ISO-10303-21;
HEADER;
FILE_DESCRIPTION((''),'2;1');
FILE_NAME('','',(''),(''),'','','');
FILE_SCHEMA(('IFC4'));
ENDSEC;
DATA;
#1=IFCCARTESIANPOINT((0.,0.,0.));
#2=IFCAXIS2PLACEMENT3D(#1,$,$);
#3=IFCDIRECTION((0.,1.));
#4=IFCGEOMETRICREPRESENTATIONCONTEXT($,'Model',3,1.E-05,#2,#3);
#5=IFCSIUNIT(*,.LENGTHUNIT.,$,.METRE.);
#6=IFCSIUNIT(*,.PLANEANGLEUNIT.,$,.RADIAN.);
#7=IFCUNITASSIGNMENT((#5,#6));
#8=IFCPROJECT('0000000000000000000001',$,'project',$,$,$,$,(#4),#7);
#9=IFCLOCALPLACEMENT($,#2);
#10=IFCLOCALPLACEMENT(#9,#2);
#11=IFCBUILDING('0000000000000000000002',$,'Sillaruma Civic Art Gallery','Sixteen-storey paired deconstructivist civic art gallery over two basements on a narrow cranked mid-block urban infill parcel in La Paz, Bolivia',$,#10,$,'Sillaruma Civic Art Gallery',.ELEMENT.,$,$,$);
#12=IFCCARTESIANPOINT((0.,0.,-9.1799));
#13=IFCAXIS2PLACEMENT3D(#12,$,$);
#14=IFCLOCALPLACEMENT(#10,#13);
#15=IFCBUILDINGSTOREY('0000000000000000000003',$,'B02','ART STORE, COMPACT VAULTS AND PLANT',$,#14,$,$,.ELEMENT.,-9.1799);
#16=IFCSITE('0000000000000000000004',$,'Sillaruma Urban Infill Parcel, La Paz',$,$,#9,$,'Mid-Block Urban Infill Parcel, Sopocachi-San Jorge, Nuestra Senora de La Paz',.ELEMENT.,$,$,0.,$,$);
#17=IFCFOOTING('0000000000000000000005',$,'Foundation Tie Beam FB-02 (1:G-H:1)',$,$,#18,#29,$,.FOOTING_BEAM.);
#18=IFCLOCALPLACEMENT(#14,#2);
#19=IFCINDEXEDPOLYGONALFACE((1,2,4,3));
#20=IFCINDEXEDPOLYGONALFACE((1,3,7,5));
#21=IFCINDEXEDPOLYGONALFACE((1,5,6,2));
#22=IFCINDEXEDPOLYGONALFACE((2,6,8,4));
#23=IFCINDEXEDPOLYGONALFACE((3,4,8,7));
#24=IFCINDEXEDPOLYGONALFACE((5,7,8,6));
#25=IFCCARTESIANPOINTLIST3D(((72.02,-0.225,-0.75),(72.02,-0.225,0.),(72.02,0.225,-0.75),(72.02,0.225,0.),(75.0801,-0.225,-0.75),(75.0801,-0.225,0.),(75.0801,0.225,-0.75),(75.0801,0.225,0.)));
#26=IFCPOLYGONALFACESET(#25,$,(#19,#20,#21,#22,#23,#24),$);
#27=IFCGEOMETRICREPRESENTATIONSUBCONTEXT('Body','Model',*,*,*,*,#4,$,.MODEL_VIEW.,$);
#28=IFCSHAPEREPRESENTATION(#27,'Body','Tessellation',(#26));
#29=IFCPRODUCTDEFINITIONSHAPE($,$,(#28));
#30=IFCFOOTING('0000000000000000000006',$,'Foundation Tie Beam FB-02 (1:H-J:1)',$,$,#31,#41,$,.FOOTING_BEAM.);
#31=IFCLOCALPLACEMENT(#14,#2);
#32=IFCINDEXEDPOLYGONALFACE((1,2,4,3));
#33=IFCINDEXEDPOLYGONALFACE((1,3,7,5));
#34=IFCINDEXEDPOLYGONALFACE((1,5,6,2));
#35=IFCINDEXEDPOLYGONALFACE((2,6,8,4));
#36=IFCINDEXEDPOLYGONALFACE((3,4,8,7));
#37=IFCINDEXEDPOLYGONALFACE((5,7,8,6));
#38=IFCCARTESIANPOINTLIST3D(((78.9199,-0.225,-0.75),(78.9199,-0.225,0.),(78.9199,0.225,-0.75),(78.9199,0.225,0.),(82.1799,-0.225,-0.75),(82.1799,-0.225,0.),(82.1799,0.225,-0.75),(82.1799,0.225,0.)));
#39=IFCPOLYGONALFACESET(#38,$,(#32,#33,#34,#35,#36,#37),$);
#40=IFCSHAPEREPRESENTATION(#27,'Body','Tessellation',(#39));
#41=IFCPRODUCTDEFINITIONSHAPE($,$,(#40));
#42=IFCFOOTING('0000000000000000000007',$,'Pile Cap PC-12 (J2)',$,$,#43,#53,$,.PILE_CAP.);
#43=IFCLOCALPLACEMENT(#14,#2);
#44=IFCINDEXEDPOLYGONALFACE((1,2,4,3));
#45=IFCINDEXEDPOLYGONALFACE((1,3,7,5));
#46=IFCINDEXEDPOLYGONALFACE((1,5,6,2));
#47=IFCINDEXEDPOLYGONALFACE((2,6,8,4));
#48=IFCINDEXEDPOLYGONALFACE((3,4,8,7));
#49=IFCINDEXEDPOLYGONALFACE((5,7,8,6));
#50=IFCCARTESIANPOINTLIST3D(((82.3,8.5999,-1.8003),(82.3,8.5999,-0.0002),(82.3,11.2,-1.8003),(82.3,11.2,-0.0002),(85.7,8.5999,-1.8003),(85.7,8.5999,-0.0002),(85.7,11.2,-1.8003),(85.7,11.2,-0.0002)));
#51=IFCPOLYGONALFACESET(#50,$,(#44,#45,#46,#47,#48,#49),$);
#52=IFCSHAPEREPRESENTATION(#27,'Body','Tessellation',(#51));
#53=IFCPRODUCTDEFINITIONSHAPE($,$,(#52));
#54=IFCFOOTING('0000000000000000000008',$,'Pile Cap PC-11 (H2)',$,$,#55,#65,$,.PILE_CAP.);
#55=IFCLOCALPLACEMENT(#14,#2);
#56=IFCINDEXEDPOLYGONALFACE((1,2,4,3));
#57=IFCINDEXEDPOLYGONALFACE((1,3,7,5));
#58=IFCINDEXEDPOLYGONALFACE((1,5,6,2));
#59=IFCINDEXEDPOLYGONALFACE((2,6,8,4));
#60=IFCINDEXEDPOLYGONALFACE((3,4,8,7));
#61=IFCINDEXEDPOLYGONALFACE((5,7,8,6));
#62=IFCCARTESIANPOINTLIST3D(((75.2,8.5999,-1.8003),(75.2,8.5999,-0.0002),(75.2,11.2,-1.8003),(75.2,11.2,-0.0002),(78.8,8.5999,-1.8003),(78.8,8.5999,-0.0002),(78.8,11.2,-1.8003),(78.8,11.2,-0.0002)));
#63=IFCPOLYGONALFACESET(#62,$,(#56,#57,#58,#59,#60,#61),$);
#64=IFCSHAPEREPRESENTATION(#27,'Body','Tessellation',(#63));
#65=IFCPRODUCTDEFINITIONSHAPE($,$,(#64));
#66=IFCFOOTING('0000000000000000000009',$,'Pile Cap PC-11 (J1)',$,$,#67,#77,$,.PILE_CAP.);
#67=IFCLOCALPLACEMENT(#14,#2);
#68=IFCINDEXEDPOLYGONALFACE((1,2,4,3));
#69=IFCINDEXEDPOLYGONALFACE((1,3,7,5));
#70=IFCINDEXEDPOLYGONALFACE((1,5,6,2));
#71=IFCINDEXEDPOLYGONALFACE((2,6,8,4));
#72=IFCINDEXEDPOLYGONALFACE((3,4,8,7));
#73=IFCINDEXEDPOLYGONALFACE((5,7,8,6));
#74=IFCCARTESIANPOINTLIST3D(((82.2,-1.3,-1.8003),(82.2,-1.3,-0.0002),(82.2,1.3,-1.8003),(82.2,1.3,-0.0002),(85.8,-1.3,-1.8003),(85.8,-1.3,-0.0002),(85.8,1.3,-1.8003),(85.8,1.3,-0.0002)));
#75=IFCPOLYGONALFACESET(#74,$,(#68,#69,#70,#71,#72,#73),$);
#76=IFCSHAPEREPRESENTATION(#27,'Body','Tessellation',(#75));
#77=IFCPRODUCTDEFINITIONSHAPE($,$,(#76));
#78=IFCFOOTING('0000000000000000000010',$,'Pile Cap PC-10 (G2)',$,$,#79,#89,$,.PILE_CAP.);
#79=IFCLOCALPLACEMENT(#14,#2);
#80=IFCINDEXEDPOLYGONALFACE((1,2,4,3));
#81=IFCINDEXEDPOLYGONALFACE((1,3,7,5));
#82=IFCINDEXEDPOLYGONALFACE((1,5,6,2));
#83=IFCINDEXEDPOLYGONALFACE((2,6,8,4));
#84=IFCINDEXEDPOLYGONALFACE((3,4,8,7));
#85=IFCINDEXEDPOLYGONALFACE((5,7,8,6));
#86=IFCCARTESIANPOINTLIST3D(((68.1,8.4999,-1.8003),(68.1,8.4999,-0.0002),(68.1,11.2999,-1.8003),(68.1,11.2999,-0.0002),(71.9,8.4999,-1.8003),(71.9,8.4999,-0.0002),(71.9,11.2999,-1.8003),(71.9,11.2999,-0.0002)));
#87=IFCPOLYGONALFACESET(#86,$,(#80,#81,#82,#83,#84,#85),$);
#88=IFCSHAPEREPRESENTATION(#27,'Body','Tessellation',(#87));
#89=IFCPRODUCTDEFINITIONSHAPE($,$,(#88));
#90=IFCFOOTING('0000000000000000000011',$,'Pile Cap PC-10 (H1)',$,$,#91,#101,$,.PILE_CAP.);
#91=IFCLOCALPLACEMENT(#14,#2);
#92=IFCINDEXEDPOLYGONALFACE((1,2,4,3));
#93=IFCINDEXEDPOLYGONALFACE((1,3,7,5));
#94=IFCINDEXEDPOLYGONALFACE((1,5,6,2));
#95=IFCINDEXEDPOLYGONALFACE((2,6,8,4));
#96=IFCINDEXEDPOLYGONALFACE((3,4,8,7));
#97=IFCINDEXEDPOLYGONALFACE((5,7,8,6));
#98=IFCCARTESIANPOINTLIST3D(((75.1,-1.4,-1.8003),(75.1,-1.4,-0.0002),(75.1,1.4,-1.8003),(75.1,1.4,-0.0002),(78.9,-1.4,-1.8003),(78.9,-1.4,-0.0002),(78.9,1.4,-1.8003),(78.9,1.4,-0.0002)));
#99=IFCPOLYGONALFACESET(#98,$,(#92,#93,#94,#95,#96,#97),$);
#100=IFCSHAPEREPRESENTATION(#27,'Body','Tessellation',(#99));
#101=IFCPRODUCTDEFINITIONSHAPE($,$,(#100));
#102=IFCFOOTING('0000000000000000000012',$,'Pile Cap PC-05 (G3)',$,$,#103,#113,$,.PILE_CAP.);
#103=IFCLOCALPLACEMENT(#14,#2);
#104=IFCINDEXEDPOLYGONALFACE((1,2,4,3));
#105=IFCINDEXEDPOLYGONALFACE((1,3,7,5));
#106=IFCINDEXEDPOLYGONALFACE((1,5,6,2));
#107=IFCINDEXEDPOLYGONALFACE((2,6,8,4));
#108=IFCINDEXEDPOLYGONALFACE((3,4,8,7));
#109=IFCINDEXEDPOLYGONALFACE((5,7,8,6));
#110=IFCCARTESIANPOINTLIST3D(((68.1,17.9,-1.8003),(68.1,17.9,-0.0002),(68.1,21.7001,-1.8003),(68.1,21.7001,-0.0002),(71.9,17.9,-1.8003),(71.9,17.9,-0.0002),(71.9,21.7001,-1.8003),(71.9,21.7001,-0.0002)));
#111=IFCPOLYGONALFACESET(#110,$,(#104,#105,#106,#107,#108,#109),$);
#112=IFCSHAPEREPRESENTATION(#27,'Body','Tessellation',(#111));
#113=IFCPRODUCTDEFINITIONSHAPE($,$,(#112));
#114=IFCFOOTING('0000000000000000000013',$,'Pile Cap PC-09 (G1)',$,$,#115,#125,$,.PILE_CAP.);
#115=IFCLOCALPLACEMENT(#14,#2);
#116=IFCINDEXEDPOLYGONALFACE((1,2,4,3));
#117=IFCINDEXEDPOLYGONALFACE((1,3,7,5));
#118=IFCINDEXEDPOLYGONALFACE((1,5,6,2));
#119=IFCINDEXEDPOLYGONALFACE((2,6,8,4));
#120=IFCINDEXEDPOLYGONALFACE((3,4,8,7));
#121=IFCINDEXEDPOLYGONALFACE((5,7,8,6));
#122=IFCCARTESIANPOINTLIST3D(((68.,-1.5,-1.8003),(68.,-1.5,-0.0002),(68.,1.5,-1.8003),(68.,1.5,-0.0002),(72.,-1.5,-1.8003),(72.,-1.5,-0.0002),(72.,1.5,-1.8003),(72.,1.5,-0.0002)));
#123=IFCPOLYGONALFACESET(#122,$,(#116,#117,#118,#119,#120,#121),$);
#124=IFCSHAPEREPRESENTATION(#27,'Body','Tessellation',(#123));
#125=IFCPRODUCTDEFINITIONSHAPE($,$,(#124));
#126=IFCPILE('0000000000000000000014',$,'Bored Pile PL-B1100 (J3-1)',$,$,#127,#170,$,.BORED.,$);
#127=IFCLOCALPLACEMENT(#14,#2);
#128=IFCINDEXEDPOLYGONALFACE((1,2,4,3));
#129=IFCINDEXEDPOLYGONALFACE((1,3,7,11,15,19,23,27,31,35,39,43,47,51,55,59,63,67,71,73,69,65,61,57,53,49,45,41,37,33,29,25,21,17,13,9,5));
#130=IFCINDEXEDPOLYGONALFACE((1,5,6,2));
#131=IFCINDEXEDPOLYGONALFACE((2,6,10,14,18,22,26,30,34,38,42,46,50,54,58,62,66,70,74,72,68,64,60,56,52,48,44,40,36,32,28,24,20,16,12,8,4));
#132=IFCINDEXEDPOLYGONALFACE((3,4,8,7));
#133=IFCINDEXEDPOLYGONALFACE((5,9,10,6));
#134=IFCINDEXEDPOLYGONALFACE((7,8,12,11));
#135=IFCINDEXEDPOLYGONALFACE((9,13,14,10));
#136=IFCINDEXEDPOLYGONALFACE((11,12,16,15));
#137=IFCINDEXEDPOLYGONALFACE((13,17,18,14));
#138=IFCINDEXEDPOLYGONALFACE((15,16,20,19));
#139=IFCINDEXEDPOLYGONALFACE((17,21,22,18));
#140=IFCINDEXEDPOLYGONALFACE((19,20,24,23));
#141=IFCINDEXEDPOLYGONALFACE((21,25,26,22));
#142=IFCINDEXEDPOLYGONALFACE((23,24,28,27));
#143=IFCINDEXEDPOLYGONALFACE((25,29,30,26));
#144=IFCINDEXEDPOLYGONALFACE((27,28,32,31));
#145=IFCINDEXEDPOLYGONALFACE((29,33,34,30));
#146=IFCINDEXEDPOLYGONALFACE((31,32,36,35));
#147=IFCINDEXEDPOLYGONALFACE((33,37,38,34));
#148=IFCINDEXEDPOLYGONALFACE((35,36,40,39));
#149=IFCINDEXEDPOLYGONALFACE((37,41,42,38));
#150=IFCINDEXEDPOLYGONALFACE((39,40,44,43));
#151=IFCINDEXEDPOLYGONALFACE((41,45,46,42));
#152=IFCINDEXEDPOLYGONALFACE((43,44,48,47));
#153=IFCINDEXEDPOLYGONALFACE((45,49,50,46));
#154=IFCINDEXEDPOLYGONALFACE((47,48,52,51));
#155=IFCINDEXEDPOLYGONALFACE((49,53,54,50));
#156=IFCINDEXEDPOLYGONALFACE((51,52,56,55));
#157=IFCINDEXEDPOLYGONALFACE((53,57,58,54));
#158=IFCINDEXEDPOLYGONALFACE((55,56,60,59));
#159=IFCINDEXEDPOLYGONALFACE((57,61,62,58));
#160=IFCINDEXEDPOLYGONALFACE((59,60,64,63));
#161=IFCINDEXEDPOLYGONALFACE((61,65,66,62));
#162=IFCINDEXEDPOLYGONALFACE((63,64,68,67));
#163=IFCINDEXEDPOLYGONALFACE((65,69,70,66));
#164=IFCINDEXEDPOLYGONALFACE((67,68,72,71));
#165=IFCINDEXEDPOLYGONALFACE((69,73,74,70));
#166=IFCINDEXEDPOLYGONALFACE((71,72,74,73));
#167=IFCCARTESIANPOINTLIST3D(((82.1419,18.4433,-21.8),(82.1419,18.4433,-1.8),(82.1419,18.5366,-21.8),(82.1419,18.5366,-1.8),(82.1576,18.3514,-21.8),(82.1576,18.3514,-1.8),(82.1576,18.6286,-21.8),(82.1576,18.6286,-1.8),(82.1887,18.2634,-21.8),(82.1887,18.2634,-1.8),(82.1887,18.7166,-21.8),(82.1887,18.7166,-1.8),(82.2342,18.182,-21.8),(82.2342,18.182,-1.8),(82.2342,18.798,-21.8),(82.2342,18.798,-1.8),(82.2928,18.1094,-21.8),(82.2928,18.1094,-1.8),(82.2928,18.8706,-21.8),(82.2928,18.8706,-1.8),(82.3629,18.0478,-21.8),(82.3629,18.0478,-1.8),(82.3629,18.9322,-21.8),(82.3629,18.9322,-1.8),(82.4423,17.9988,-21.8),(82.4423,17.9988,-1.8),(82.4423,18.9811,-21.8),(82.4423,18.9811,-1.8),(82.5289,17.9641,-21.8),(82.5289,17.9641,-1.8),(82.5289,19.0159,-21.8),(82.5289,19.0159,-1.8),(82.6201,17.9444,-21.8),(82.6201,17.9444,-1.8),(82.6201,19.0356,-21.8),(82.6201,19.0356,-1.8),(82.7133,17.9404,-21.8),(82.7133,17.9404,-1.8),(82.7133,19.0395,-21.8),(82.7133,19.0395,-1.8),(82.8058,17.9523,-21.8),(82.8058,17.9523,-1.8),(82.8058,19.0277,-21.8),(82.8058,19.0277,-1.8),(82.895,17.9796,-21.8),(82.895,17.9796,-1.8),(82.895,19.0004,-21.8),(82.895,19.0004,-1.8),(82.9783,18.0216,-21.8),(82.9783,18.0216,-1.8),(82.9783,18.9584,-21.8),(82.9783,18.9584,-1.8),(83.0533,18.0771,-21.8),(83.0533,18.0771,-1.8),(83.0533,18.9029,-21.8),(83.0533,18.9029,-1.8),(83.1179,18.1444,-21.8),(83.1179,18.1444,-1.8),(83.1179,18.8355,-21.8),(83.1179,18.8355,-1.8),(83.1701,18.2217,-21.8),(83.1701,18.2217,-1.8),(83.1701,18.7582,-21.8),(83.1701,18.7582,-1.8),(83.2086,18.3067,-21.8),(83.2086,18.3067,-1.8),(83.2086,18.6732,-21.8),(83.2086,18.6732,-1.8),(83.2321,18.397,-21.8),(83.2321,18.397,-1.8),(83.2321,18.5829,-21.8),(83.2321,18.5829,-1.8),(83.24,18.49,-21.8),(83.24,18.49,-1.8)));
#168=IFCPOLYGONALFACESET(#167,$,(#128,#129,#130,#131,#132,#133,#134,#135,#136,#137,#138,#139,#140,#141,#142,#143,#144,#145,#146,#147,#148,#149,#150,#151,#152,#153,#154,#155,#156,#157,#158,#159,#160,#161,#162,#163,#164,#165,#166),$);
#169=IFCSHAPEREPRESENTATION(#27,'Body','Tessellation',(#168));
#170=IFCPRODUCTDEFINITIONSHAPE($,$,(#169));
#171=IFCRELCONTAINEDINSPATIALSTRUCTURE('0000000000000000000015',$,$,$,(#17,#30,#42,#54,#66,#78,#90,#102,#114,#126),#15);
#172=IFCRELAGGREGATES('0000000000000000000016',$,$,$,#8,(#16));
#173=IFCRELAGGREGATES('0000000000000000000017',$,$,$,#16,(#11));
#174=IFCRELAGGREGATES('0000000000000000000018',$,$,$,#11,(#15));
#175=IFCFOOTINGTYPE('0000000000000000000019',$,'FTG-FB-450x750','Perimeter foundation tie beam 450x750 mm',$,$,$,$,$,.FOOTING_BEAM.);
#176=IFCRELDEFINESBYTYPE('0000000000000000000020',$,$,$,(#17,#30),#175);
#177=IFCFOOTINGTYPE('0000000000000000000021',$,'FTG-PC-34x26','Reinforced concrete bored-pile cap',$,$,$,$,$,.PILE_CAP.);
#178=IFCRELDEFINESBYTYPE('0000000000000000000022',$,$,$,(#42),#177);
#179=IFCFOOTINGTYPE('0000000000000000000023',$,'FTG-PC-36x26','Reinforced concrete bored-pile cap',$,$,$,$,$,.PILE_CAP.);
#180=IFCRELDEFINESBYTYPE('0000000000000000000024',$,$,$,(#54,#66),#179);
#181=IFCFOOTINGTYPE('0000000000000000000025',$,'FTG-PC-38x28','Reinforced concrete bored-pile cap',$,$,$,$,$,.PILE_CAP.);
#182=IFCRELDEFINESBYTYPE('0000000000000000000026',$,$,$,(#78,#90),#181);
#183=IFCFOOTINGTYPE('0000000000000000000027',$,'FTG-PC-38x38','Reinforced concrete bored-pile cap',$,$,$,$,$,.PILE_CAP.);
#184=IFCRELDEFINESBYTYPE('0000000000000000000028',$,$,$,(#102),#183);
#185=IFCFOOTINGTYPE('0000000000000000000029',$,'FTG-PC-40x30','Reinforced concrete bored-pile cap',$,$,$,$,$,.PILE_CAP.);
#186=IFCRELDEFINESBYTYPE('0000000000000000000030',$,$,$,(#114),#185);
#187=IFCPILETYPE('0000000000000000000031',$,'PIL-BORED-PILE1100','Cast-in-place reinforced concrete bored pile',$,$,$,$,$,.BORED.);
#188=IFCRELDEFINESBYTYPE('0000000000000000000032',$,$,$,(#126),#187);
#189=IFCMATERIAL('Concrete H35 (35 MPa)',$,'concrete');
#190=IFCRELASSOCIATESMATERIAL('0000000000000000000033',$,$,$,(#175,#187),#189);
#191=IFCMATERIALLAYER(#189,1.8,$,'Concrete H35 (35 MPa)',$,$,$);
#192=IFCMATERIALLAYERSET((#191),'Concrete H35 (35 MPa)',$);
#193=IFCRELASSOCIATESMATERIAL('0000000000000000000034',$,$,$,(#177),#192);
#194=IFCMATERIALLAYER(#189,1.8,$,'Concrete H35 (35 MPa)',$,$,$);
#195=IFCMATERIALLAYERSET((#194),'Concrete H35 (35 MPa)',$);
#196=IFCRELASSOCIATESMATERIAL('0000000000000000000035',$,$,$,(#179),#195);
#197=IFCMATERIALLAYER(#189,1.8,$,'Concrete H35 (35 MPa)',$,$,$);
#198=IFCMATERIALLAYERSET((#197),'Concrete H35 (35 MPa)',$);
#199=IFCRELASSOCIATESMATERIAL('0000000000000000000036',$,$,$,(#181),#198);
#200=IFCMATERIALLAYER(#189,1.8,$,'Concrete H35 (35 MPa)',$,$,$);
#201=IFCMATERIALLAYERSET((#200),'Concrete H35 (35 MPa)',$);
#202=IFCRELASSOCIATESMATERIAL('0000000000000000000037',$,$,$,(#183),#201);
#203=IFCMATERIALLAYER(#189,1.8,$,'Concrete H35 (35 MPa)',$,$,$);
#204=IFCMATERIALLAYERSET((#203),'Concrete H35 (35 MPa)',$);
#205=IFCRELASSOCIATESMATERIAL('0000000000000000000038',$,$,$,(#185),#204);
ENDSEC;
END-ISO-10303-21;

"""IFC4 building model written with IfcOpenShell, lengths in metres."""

from ifc_helpers import new_model, si_unit, direction, frame, origin, origin_2d, place, context, subcontext, project, spatial, rectangle, circle, extrude, material, layer, layer_set, material_profile, profile_set, type_object, element, save


model = new_model("IFC4")

# Units and contexts
model_context = context("Model", 3, precision=1e-05, world=origin(), true_north=direction((0.0, 1.0)))
body_context = subcontext(model_context, "Body", "Model", "MODEL_VIEW")
ifc_project = project(units=[si_unit("LENGTHUNIT", "METRE"), si_unit("PLANEANGLEUNIT", "RADIAN")], contexts=[model_context])

# Site, building, storey
site_placement = place(None, origin())
site = spatial("IfcSite", under=ifc_project, at=site_placement, Name="Sillaruma Urban Infill Parcel, La Paz", LongName="Mid-Block Urban Infill Parcel, Sopocachi-San Jorge, Nuestra Senora de La Paz", CompositionType="ELEMENT", RefElevation=0.0)
building_placement = place(site_placement, origin())
building = spatial("IfcBuilding", under=site, at=building_placement, Name="Sillaruma Civic Art Gallery", Description="Sixteen-storey paired deconstructivist civic art gallery over two basements on a narrow cranked mid-block urban infill parcel in La Paz, Bolivia", LongName="Sillaruma Civic Art Gallery", CompositionType="ELEMENT")
storey_placement = place(building_placement, frame((0.0, 0.0, -9.1799)))
storey = spatial("IfcBuildingStorey", under=building, at=storey_placement, Name="B02", Description="ART STORE, COMPACT VAULTS AND PLANT", CompositionType="ELEMENT", Elevation=-9.1799)

# Footings
ifc_material_1 = material(Name="Concrete H35 (35 MPa)", Category="concrete")
ifc_material_profile_1 = material_profile(ifc_material_1, rectangle(XDim=0.45, YDim=0.75, at=origin_2d()), Name="RCB450x750")
ifc_profile_set_1 = profile_set([ifc_material_profile_1], Name="Concrete H35 (35 MPa)")
footing_type_1 = type_object("IfcFootingType", Name="FTG-FB-450x750", Description="Perimeter foundation tie beam 450x750 mm", PredefinedType="FOOTING_BEAM", material=ifc_profile_set_1)
footing_1_placement = place(storey_placement, frame((72.02, 0.0, -0.375), z_axis=(1.0, 0.0, 0.0), x_axis=(0.0, 1.0, 0.0)))
element("IfcFooting", 1, at=footing_1_placement, inside=storey, type_object=footing_type_1, Name="Foundation Tie Beam FB-02 (1:G-H:1)", PredefinedType="FOOTING_BEAM", context=body_context, shape_type="SweptSolid", body=[
    extrude(rectangle(XDim=0.45, YDim=0.75, at=origin_2d()), origin(), (0.0, 0.0, 1.0), 3.0601),
])
footing_2_placement = place(storey_placement, frame((78.9199, 0.0, -0.375), z_axis=(1.0, 0.0, 0.0), x_axis=(0.0, 1.0, 0.0)))
element("IfcFooting", 2, at=footing_2_placement, inside=storey, type_object=footing_type_1, Name="Foundation Tie Beam FB-02 (1:H-J:1)", PredefinedType="FOOTING_BEAM", context=body_context, shape_type="SweptSolid", body=[
    extrude(rectangle(XDim=0.45, YDim=0.75, at=origin_2d()), origin(), (0.0, 0.0, 1.0), 3.26),
])
ifc_layer_1 = layer(ifc_material_1, 1.8, Name="Concrete H35 (35 MPa)")
ifc_layer_set_1 = layer_set([ifc_layer_1], Name="Concrete H35 (35 MPa)")
footing_type_2 = type_object("IfcFootingType", Name="FTG-PC-34x26", Description="Reinforced concrete bored-pile cap", PredefinedType="PILE_CAP", material=ifc_layer_set_1)
footing_3_placement = place(storey_placement, frame((84.0, 9.8999, -1.8003), z_axis=(0.0, 0.0, 1.0), x_axis=(1.0, 0.0, 0.0)))
element("IfcFooting", 3, at=footing_3_placement, inside=storey, type_object=footing_type_2, Name="Pile Cap PC-12 (J2)", PredefinedType="PILE_CAP", context=body_context, shape_type="SweptSolid", body=[
    extrude(rectangle(XDim=3.3999, YDim=2.6001, at=origin_2d()), origin(), (0.0, 0.0, 1.0), 1.8),
])
ifc_layer_2 = layer(ifc_material_1, 1.8, Name="Concrete H35 (35 MPa)")
ifc_layer_set_2 = layer_set([ifc_layer_2], Name="Concrete H35 (35 MPa)")
footing_type_3 = type_object("IfcFootingType", Name="FTG-PC-36x26", Description="Reinforced concrete bored-pile cap", PredefinedType="PILE_CAP", material=ifc_layer_set_2)
for number, where, z_axis, x_axis, name in (
    (4, (77.0, 9.8999, -1.8003), (0.0, 0.0, 1.0), (1.0, 0.0, 0.0), "Pile Cap PC-11 (H2)"),
    (5, (84.0, 0.0, -1.8003), (0.0, 0.0, 1.0), (1.0, 0.0, 0.0), "Pile Cap PC-11 (J1)"),
):
    element("IfcFooting", number, at=place(storey_placement, frame(where, z_axis=z_axis, x_axis=x_axis)), inside=storey, type_object=footing_type_3, Name=name, PredefinedType="PILE_CAP", context=body_context, shape_type="SweptSolid", body=[
        extrude(rectangle(XDim=3.6001, YDim=2.6001, at=origin_2d()), origin(), (0.0, 0.0, 1.0), 1.8),
    ])
ifc_layer_3 = layer(ifc_material_1, 1.8, Name="Concrete H35 (35 MPa)")
ifc_layer_set_3 = layer_set([ifc_layer_3], Name="Concrete H35 (35 MPa)")
footing_type_4 = type_object("IfcFootingType", Name="FTG-PC-38x28", Description="Reinforced concrete bored-pile cap", PredefinedType="PILE_CAP", material=ifc_layer_set_3)
for number, where, z_axis, x_axis, name in (
    (6, (70.0, 9.8999, -1.8003), (0.0, 0.0, 1.0), (1.0, 0.0, 0.0), "Pile Cap PC-10 (G2)"),
    (7, (77.0, 0.0, -1.8003), (0.0, 0.0, 1.0), (1.0, 0.0, 0.0), "Pile Cap PC-10 (H1)"),
):
    element("IfcFooting", number, at=place(storey_placement, frame(where, z_axis=z_axis, x_axis=x_axis)), inside=storey, type_object=footing_type_4, Name=name, PredefinedType="PILE_CAP", context=body_context, shape_type="SweptSolid", body=[
        extrude(rectangle(XDim=3.8, YDim=2.8, at=origin_2d()), origin(), (0.0, 0.0, 1.0), 1.8),
    ])
ifc_layer_4 = layer(ifc_material_1, 1.8, Name="Concrete H35 (35 MPa)")
ifc_layer_set_4 = layer_set([ifc_layer_4], Name="Concrete H35 (35 MPa)")
footing_type_5 = type_object("IfcFootingType", Name="FTG-PC-38x38", Description="Reinforced concrete bored-pile cap", PredefinedType="PILE_CAP", material=ifc_layer_set_4)
footing_4_placement = place(storey_placement, frame((70.0, 19.8, -1.8003), z_axis=(0.0, 0.0, 1.0), x_axis=(1.0, 0.0, 0.0)))
element("IfcFooting", 8, at=footing_4_placement, inside=storey, type_object=footing_type_5, Name="Pile Cap PC-05 (G3)", PredefinedType="PILE_CAP", context=body_context, shape_type="SweptSolid", body=[
    extrude(rectangle(XDim=3.8, YDim=3.8, at=origin_2d()), origin(), (0.0, 0.0, 1.0), 1.8),
])
ifc_layer_5 = layer(ifc_material_1, 1.8, Name="Concrete H35 (35 MPa)")
ifc_layer_set_5 = layer_set([ifc_layer_5], Name="Concrete H35 (35 MPa)")
footing_type_6 = type_object("IfcFootingType", Name="FTG-PC-40x30", Description="Reinforced concrete bored-pile cap", PredefinedType="PILE_CAP", material=ifc_layer_set_5)
footing_5_placement = place(storey_placement, frame((70.0, 0.0, -1.8003), z_axis=(0.0, 0.0, 1.0), x_axis=(1.0, 0.0, 0.0)))
element("IfcFooting", 9, at=footing_5_placement, inside=storey, type_object=footing_type_6, Name="Pile Cap PC-09 (G1)", PredefinedType="PILE_CAP", context=body_context, shape_type="SweptSolid", body=[
    extrude(rectangle(XDim=4.0, YDim=3.0, at=origin_2d()), origin(), (0.0, 0.0, 1.0), 1.8),
])

# Pile
ifc_material_profile_2 = material_profile(ifc_material_1, circle(Radius=0.55, at=origin_2d()), Name="PILE1100")
ifc_profile_set_2 = profile_set([ifc_material_profile_2], Name="Concrete H35 (35 MPa)")
pile_type_1 = type_object("IfcPileType", Name="PIL-BORED-PILE1100", Description="Cast-in-place reinforced concrete bored pile", PredefinedType="BORED", material=ifc_profile_set_2)
pile_1_placement = place(storey_placement, frame((82.6899, 18.49, -1.8), z_axis=(0.0, 0.0, -1.0), x_axis=(1.0, 0.0, 0.0)))
element("IfcPile", 10, at=pile_1_placement, inside=storey, type_object=pile_type_1, Name="Bored Pile PL-B1100 (J3-1)", PredefinedType="BORED", context=body_context, shape_type="SweptSolid", body=[
    extrude(circle(Radius=0.55, at=origin_2d()), origin(), (0.0, 0.0, 1.0), 20.0),
])

save(model, "model.ifc")
